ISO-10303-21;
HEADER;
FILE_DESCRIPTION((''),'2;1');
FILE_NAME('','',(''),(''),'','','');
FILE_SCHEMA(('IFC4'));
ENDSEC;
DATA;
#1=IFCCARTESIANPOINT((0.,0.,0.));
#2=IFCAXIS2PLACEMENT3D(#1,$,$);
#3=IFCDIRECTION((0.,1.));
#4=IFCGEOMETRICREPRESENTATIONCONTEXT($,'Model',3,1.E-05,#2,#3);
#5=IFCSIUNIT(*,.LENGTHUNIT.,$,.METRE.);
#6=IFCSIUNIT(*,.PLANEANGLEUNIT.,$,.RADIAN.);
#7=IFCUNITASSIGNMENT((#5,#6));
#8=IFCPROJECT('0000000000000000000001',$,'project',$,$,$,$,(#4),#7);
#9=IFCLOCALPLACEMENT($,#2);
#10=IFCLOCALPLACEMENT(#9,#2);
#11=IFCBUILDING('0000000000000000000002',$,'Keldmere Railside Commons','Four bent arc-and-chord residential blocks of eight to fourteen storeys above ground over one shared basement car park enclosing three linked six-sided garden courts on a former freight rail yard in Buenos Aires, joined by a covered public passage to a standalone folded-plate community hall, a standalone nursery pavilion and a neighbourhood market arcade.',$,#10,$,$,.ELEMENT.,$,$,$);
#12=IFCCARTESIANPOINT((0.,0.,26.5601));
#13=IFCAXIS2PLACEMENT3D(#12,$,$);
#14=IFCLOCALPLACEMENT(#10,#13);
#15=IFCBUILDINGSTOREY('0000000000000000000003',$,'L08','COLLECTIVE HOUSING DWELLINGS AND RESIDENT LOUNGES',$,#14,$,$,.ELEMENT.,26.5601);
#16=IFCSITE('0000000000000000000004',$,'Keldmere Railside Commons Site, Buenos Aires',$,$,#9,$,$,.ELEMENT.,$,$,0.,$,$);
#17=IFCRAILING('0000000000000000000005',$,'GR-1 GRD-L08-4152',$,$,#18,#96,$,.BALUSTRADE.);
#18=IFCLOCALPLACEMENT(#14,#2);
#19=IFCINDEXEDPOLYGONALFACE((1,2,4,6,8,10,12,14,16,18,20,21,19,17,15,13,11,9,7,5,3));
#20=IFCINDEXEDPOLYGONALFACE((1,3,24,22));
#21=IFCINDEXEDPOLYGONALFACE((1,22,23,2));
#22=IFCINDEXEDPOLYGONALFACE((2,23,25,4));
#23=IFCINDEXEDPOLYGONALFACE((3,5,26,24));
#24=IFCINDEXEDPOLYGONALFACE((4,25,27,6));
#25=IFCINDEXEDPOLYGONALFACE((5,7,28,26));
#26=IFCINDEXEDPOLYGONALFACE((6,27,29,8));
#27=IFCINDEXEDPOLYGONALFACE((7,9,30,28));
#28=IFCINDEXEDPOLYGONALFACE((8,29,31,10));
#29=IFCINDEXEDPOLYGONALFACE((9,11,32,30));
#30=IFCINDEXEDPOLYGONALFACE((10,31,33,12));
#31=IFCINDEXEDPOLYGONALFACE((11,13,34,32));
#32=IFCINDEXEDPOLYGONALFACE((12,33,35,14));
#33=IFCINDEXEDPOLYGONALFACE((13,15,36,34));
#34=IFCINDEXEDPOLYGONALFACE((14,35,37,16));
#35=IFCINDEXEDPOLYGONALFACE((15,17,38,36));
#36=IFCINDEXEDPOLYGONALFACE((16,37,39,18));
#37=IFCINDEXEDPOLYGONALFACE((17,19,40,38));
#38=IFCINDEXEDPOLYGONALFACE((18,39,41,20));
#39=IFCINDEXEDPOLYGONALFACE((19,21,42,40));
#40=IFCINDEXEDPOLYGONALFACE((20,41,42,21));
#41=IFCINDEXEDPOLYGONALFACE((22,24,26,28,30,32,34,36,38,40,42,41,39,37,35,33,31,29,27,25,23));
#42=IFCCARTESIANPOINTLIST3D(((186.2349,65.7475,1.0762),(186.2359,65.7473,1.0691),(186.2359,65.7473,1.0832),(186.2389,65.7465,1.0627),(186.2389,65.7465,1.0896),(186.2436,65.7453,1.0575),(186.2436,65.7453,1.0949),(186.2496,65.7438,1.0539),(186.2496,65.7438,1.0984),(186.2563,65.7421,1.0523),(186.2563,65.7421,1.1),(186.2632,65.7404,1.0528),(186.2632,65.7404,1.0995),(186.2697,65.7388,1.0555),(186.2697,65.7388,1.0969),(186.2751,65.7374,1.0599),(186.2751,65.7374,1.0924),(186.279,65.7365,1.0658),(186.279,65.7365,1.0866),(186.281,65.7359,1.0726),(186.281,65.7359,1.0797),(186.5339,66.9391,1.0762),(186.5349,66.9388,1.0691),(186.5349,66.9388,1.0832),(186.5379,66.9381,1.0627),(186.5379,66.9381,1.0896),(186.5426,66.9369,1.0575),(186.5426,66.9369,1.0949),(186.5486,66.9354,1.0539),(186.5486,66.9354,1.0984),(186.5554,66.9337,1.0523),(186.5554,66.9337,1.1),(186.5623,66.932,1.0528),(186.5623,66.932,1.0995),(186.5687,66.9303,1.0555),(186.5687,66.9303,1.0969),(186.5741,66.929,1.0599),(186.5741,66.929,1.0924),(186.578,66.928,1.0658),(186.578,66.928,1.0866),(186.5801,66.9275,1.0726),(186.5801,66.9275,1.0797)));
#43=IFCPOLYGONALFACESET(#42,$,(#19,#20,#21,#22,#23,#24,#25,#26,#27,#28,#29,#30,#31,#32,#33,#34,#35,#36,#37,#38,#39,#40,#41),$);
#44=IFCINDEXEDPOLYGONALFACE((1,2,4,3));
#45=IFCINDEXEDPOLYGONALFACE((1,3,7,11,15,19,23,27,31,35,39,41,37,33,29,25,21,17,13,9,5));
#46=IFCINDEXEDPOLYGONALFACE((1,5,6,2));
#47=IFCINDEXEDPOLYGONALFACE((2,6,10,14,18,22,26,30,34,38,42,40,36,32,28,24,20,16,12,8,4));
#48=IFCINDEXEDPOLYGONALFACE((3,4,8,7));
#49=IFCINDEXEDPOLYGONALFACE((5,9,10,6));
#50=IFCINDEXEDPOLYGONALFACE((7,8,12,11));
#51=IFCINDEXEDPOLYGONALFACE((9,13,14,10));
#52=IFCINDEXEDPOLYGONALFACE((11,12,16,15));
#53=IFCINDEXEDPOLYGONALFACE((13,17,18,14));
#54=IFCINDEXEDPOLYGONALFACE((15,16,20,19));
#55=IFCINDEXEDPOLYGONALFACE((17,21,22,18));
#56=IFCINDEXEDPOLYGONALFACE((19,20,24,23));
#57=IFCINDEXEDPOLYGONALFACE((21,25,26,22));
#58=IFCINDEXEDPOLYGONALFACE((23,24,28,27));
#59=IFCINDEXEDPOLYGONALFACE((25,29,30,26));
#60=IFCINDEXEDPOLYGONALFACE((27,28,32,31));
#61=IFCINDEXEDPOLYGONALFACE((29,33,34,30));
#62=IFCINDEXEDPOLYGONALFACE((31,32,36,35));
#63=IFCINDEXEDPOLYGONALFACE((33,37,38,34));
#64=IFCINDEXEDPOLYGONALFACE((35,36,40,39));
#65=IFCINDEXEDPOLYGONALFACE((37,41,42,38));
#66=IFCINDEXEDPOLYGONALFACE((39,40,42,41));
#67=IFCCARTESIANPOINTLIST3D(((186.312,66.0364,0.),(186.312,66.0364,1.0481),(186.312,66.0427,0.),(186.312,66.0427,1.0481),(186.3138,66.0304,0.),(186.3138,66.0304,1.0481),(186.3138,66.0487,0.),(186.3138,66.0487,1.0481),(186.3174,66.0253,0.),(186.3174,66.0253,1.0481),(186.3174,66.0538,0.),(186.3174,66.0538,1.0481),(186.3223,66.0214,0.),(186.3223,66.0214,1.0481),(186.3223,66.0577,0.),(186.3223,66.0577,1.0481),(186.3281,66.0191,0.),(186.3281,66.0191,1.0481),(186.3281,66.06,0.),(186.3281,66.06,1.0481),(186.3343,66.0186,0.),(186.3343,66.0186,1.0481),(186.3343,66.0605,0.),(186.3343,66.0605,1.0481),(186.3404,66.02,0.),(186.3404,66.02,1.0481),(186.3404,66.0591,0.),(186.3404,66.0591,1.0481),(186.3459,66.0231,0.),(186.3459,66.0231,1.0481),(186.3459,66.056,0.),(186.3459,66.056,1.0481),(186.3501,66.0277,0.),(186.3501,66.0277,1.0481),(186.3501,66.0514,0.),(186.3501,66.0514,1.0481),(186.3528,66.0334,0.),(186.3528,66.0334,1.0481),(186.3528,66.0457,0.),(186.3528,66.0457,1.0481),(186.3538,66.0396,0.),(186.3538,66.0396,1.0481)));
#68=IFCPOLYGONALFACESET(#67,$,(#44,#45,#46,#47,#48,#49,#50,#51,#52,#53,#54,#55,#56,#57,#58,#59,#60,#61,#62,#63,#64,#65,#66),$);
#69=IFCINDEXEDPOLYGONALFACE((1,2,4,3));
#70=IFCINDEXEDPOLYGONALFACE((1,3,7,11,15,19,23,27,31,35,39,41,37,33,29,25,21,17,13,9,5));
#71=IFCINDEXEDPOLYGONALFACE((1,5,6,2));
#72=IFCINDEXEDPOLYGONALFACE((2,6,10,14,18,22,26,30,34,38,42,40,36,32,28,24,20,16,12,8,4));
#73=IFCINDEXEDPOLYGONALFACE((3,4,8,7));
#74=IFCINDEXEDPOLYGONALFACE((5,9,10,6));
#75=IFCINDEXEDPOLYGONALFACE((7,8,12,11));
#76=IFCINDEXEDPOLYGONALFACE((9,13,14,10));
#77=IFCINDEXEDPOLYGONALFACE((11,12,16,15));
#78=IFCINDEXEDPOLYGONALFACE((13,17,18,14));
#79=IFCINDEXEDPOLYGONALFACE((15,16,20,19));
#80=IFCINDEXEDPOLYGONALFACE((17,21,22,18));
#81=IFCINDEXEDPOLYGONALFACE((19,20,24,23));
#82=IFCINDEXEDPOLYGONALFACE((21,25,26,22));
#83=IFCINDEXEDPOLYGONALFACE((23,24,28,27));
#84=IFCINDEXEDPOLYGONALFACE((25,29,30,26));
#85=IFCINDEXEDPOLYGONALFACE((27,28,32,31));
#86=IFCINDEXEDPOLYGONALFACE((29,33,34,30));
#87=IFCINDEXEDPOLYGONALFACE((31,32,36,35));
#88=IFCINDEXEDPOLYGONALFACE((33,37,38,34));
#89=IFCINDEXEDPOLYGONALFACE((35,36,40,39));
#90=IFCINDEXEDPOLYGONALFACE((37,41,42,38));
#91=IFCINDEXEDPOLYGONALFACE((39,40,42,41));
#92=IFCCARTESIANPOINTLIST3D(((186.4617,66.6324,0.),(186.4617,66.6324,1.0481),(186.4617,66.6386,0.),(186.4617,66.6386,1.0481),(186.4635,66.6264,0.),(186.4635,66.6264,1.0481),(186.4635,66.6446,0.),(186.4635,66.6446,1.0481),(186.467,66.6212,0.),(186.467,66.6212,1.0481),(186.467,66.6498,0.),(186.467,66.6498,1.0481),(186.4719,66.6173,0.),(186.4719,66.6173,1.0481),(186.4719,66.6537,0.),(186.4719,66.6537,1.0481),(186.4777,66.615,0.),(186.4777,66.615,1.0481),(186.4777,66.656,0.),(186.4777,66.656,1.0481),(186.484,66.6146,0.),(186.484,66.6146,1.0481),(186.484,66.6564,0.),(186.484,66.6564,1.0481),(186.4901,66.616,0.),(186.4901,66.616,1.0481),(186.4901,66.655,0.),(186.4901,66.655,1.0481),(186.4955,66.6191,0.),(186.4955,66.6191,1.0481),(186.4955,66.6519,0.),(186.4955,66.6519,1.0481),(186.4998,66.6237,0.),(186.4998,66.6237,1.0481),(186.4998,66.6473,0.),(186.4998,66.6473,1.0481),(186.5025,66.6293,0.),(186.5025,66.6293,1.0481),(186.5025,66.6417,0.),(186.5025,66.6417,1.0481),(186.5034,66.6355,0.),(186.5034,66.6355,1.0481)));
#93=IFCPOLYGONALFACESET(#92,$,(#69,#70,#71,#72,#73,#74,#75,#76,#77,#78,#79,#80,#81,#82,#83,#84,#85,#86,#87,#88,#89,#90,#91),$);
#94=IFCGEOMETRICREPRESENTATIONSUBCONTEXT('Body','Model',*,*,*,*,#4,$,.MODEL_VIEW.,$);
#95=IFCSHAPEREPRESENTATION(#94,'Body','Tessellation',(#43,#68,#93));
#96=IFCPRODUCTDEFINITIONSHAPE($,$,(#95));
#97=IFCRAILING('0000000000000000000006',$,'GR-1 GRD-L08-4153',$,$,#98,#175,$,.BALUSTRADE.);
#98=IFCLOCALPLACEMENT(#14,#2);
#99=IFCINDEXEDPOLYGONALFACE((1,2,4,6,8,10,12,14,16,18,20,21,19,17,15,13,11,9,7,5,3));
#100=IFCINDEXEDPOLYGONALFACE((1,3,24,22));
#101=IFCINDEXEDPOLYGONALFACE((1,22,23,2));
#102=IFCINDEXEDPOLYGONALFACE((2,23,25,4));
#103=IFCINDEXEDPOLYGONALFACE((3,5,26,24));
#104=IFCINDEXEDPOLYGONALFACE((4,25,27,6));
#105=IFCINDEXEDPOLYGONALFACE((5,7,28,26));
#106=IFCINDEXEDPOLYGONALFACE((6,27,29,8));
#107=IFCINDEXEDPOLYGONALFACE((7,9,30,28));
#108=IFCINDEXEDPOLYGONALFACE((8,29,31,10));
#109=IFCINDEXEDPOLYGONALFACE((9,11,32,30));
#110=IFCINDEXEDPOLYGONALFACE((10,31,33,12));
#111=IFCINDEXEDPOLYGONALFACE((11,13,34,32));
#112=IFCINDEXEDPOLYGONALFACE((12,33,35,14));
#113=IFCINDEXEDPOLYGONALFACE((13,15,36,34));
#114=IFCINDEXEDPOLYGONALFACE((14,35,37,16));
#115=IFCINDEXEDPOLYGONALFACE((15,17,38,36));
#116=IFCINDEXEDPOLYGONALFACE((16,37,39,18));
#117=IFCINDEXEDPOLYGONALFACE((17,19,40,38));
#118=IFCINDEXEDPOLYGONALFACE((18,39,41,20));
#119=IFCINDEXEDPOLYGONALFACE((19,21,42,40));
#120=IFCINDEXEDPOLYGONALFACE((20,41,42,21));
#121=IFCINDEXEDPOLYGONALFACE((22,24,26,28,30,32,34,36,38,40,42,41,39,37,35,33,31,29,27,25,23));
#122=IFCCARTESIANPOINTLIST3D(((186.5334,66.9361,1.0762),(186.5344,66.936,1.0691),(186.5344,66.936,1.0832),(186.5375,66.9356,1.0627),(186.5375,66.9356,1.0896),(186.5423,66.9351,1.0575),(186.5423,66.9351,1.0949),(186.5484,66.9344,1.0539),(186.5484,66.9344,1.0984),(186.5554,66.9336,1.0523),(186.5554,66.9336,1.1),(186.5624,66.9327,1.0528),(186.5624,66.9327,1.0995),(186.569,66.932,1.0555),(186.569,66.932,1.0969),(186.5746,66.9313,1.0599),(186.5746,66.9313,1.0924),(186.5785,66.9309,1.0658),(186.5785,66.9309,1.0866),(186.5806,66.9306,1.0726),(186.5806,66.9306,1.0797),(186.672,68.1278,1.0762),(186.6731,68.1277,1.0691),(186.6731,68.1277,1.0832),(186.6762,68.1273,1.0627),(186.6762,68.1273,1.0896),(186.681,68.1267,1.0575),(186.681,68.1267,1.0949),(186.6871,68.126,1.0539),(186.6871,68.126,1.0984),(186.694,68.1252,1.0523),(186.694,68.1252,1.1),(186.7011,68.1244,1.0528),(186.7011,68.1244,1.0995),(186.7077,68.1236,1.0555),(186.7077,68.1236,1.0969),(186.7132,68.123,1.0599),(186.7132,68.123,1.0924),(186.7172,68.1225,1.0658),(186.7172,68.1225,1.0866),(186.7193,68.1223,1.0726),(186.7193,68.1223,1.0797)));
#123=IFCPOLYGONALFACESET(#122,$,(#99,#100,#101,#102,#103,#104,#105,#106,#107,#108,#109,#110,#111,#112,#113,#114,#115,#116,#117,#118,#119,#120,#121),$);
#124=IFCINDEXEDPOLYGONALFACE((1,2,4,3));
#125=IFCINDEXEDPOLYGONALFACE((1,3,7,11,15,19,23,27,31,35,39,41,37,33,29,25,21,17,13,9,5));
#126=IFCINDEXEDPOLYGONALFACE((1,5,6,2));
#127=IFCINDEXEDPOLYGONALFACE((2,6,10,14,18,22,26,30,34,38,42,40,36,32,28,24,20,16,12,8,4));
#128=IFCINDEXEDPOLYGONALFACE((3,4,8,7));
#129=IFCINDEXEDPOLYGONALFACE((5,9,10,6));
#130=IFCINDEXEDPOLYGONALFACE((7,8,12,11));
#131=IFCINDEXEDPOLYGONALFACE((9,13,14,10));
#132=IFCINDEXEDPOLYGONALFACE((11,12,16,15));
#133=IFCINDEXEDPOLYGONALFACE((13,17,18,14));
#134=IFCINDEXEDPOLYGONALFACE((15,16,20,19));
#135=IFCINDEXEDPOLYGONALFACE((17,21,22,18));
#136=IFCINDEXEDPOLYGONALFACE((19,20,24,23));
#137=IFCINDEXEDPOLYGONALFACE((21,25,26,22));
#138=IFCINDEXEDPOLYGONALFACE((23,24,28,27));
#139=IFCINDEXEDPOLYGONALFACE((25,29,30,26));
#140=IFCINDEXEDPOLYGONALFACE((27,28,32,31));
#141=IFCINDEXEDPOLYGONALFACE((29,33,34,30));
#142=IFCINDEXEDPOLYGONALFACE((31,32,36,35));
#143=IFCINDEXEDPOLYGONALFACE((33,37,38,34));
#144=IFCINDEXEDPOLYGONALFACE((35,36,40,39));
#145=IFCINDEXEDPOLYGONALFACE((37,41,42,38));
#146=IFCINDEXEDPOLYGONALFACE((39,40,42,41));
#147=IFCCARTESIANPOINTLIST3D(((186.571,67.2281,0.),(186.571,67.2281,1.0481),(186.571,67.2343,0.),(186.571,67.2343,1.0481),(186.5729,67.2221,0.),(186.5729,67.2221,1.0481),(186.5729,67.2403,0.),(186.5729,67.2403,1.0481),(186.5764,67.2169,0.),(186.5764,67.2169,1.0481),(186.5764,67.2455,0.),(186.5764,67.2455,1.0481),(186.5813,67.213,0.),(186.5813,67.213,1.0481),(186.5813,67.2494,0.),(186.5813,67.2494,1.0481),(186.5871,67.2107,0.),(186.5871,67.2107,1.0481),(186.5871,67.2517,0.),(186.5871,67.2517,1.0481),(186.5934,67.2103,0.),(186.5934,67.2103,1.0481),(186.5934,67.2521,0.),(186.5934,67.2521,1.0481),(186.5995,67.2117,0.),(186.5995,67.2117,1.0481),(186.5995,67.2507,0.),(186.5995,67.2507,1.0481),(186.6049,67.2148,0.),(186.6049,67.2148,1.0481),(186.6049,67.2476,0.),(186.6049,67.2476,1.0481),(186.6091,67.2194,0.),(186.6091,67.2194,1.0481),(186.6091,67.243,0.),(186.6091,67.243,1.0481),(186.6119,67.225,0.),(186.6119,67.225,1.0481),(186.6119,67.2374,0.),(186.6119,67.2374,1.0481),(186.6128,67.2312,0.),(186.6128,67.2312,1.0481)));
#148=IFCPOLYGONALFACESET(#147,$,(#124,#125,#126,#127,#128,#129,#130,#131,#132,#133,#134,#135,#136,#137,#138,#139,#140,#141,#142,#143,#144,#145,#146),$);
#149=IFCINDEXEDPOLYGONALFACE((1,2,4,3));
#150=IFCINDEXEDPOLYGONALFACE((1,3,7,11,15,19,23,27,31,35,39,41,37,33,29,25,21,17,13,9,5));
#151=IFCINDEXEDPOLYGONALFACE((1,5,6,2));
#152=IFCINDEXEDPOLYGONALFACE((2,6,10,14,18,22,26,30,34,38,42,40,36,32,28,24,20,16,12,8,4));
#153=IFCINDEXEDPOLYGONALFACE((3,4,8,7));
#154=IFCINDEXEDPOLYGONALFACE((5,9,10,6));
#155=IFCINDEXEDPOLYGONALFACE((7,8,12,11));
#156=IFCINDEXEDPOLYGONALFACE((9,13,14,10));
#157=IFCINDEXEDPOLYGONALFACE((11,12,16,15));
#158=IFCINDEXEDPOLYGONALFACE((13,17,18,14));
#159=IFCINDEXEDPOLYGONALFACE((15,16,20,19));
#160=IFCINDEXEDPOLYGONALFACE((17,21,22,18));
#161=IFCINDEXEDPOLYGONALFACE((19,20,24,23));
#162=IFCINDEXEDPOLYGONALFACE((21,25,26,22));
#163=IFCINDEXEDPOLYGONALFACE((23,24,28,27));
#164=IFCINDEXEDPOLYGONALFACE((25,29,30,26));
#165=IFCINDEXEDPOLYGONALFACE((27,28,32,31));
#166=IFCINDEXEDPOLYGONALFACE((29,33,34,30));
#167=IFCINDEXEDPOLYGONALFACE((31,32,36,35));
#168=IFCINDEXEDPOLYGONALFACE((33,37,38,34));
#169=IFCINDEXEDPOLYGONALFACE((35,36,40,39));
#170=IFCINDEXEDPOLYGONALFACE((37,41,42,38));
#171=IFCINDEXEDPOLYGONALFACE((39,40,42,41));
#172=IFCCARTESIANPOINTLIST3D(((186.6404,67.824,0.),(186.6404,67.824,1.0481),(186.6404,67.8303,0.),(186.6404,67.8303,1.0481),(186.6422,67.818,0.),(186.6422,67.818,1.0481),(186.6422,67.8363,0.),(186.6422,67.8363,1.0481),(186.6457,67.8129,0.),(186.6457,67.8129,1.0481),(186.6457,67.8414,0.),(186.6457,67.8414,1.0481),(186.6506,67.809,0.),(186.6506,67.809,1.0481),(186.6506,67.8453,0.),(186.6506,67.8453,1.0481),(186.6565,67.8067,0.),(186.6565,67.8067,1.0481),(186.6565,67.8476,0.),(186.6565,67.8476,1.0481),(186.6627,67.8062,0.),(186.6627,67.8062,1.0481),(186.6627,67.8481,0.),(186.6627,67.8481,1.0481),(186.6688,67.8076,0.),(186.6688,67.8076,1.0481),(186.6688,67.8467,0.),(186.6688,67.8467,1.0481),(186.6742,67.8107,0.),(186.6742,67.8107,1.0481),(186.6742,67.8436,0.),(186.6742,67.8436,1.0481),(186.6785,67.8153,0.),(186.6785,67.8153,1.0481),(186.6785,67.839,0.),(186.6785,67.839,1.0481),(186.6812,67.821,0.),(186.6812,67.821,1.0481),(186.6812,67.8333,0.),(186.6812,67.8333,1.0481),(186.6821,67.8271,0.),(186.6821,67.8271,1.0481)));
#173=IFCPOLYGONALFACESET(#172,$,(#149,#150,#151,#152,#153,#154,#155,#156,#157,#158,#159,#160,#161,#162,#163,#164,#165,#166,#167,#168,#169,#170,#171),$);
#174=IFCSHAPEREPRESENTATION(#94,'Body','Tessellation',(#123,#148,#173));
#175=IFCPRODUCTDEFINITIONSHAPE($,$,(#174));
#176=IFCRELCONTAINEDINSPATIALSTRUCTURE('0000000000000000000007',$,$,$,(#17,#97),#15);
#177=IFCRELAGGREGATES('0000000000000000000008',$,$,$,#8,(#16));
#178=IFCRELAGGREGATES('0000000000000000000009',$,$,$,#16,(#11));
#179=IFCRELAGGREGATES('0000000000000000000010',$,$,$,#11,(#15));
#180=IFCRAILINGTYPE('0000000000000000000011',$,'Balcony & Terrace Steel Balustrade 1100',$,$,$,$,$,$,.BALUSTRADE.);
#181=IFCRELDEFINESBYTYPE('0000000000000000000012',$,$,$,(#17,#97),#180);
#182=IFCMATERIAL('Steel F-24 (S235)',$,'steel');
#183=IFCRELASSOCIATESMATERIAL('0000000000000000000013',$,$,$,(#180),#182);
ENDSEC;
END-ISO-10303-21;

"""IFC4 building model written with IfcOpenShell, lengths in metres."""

from ifc_helpers import new_model, si_unit, direction, frame, origin, origin_2d, place, context, subcontext, project, spatial, circle, extrude, material, type_object, element, save


model = new_model("IFC4")

# Units and contexts
model_context = context("Model", 3, precision=1e-05, world=origin(), true_north=direction((0.0, 1.0)))
body_context = subcontext(model_context, "Body", "Model", "MODEL_VIEW")
ifc_project = project(units=[si_unit("LENGTHUNIT", "METRE"), si_unit("PLANEANGLEUNIT", "RADIAN")], contexts=[model_context])

# Site, building, storey
site_placement = place(None, origin())
site = spatial("IfcSite", under=ifc_project, at=site_placement, Name="Keldmere Railside Commons Site, Buenos Aires", CompositionType="ELEMENT", RefElevation=0.0)
building_placement = place(site_placement, origin())
building = spatial("IfcBuilding", under=site, at=building_placement, Name="Keldmere Railside Commons", Description="Four bent arc-and-chord residential blocks of eight to fourteen storeys above ground over one shared basement car park enclosing three linked six-sided garden courts on a former freight rail yard in Buenos Aires, joined by a covered public passage to a standalone folded-plate community hall, a standalone nursery pavilion and a neighbourhood market arcade.", CompositionType="ELEMENT")
storey_placement = place(building_placement, frame((0.0, 0.0, 26.5601)))
storey = spatial("IfcBuildingStorey", under=building, at=storey_placement, Name="L08", Description="COLLECTIVE HOUSING DWELLINGS AND RESIDENT LOUNGES", CompositionType="ELEMENT", Elevation=26.5601)

# Shared definitions
ifc_material_1 = material(Name="Steel F-24 (S235)", Category="steel")

# Railings
railing_type_1 = type_object("IfcRailingType", Name="Balcony & Terrace Steel Balustrade 1100", PredefinedType="BALUSTRADE", material=ifc_material_1)
railing_1_placement = place(storey_placement, frame((186.2581, 65.7417, 0.0)))
element("IfcRailing", 1, at=railing_1_placement, inside=storey, type_object=railing_type_1, Name="GR-1 GRD-L08-4152", PredefinedType="BALUSTRADE", context=body_context, shape_type="SweptSolid", body=[
    extrude(circle(Radius=0.0239, at=origin_2d()), frame((0.0, 0.0, 1.0762), z_axis=(0.243424, 0.96992, 0.0), x_axis=(-0.96992, 0.243424, 0.0)), (0.0, 0.0, 1.0), 1.2285),
    extrude(circle(Radius=0.021, at=origin_2d()), frame((0.0747, 0.2979, 0.0)), (0.0, 0.0, 1.0), 1.0481),
    extrude(circle(Radius=0.021, at=origin_2d()), frame((0.2244, 0.8938, 0.0)), (0.0, 0.0, 1.0), 1.0481),
])
railing_2_placement = place(storey_placement, frame((186.5571, 66.9333, 0.0)))
element("IfcRailing", 2, at=railing_2_placement, inside=storey, type_object=railing_type_1, Name="GR-1 GRD-L08-4153", PredefinedType="BALUSTRADE", context=body_context, shape_type="SweptSolid", body=[
    extrude(circle(Radius=0.0239, at=origin_2d()), frame((0.0, 0.0, 1.0762), z_axis=(0.11559, 0.993297, 0.0), x_axis=(-0.993297, 0.11559, 0.0)), (0.0, 0.0, 1.0), 1.1997),
    extrude(circle(Radius=0.021, at=origin_2d()), frame((0.0347, 0.2979, 0.0)), (0.0, 0.0, 1.0), 1.0481),
    extrude(circle(Radius=0.021, at=origin_2d()), frame((0.104, 0.8938, 0.0)), (0.0, 0.0, 1.0), 1.0481),
])

save(model, "model.ifc")
